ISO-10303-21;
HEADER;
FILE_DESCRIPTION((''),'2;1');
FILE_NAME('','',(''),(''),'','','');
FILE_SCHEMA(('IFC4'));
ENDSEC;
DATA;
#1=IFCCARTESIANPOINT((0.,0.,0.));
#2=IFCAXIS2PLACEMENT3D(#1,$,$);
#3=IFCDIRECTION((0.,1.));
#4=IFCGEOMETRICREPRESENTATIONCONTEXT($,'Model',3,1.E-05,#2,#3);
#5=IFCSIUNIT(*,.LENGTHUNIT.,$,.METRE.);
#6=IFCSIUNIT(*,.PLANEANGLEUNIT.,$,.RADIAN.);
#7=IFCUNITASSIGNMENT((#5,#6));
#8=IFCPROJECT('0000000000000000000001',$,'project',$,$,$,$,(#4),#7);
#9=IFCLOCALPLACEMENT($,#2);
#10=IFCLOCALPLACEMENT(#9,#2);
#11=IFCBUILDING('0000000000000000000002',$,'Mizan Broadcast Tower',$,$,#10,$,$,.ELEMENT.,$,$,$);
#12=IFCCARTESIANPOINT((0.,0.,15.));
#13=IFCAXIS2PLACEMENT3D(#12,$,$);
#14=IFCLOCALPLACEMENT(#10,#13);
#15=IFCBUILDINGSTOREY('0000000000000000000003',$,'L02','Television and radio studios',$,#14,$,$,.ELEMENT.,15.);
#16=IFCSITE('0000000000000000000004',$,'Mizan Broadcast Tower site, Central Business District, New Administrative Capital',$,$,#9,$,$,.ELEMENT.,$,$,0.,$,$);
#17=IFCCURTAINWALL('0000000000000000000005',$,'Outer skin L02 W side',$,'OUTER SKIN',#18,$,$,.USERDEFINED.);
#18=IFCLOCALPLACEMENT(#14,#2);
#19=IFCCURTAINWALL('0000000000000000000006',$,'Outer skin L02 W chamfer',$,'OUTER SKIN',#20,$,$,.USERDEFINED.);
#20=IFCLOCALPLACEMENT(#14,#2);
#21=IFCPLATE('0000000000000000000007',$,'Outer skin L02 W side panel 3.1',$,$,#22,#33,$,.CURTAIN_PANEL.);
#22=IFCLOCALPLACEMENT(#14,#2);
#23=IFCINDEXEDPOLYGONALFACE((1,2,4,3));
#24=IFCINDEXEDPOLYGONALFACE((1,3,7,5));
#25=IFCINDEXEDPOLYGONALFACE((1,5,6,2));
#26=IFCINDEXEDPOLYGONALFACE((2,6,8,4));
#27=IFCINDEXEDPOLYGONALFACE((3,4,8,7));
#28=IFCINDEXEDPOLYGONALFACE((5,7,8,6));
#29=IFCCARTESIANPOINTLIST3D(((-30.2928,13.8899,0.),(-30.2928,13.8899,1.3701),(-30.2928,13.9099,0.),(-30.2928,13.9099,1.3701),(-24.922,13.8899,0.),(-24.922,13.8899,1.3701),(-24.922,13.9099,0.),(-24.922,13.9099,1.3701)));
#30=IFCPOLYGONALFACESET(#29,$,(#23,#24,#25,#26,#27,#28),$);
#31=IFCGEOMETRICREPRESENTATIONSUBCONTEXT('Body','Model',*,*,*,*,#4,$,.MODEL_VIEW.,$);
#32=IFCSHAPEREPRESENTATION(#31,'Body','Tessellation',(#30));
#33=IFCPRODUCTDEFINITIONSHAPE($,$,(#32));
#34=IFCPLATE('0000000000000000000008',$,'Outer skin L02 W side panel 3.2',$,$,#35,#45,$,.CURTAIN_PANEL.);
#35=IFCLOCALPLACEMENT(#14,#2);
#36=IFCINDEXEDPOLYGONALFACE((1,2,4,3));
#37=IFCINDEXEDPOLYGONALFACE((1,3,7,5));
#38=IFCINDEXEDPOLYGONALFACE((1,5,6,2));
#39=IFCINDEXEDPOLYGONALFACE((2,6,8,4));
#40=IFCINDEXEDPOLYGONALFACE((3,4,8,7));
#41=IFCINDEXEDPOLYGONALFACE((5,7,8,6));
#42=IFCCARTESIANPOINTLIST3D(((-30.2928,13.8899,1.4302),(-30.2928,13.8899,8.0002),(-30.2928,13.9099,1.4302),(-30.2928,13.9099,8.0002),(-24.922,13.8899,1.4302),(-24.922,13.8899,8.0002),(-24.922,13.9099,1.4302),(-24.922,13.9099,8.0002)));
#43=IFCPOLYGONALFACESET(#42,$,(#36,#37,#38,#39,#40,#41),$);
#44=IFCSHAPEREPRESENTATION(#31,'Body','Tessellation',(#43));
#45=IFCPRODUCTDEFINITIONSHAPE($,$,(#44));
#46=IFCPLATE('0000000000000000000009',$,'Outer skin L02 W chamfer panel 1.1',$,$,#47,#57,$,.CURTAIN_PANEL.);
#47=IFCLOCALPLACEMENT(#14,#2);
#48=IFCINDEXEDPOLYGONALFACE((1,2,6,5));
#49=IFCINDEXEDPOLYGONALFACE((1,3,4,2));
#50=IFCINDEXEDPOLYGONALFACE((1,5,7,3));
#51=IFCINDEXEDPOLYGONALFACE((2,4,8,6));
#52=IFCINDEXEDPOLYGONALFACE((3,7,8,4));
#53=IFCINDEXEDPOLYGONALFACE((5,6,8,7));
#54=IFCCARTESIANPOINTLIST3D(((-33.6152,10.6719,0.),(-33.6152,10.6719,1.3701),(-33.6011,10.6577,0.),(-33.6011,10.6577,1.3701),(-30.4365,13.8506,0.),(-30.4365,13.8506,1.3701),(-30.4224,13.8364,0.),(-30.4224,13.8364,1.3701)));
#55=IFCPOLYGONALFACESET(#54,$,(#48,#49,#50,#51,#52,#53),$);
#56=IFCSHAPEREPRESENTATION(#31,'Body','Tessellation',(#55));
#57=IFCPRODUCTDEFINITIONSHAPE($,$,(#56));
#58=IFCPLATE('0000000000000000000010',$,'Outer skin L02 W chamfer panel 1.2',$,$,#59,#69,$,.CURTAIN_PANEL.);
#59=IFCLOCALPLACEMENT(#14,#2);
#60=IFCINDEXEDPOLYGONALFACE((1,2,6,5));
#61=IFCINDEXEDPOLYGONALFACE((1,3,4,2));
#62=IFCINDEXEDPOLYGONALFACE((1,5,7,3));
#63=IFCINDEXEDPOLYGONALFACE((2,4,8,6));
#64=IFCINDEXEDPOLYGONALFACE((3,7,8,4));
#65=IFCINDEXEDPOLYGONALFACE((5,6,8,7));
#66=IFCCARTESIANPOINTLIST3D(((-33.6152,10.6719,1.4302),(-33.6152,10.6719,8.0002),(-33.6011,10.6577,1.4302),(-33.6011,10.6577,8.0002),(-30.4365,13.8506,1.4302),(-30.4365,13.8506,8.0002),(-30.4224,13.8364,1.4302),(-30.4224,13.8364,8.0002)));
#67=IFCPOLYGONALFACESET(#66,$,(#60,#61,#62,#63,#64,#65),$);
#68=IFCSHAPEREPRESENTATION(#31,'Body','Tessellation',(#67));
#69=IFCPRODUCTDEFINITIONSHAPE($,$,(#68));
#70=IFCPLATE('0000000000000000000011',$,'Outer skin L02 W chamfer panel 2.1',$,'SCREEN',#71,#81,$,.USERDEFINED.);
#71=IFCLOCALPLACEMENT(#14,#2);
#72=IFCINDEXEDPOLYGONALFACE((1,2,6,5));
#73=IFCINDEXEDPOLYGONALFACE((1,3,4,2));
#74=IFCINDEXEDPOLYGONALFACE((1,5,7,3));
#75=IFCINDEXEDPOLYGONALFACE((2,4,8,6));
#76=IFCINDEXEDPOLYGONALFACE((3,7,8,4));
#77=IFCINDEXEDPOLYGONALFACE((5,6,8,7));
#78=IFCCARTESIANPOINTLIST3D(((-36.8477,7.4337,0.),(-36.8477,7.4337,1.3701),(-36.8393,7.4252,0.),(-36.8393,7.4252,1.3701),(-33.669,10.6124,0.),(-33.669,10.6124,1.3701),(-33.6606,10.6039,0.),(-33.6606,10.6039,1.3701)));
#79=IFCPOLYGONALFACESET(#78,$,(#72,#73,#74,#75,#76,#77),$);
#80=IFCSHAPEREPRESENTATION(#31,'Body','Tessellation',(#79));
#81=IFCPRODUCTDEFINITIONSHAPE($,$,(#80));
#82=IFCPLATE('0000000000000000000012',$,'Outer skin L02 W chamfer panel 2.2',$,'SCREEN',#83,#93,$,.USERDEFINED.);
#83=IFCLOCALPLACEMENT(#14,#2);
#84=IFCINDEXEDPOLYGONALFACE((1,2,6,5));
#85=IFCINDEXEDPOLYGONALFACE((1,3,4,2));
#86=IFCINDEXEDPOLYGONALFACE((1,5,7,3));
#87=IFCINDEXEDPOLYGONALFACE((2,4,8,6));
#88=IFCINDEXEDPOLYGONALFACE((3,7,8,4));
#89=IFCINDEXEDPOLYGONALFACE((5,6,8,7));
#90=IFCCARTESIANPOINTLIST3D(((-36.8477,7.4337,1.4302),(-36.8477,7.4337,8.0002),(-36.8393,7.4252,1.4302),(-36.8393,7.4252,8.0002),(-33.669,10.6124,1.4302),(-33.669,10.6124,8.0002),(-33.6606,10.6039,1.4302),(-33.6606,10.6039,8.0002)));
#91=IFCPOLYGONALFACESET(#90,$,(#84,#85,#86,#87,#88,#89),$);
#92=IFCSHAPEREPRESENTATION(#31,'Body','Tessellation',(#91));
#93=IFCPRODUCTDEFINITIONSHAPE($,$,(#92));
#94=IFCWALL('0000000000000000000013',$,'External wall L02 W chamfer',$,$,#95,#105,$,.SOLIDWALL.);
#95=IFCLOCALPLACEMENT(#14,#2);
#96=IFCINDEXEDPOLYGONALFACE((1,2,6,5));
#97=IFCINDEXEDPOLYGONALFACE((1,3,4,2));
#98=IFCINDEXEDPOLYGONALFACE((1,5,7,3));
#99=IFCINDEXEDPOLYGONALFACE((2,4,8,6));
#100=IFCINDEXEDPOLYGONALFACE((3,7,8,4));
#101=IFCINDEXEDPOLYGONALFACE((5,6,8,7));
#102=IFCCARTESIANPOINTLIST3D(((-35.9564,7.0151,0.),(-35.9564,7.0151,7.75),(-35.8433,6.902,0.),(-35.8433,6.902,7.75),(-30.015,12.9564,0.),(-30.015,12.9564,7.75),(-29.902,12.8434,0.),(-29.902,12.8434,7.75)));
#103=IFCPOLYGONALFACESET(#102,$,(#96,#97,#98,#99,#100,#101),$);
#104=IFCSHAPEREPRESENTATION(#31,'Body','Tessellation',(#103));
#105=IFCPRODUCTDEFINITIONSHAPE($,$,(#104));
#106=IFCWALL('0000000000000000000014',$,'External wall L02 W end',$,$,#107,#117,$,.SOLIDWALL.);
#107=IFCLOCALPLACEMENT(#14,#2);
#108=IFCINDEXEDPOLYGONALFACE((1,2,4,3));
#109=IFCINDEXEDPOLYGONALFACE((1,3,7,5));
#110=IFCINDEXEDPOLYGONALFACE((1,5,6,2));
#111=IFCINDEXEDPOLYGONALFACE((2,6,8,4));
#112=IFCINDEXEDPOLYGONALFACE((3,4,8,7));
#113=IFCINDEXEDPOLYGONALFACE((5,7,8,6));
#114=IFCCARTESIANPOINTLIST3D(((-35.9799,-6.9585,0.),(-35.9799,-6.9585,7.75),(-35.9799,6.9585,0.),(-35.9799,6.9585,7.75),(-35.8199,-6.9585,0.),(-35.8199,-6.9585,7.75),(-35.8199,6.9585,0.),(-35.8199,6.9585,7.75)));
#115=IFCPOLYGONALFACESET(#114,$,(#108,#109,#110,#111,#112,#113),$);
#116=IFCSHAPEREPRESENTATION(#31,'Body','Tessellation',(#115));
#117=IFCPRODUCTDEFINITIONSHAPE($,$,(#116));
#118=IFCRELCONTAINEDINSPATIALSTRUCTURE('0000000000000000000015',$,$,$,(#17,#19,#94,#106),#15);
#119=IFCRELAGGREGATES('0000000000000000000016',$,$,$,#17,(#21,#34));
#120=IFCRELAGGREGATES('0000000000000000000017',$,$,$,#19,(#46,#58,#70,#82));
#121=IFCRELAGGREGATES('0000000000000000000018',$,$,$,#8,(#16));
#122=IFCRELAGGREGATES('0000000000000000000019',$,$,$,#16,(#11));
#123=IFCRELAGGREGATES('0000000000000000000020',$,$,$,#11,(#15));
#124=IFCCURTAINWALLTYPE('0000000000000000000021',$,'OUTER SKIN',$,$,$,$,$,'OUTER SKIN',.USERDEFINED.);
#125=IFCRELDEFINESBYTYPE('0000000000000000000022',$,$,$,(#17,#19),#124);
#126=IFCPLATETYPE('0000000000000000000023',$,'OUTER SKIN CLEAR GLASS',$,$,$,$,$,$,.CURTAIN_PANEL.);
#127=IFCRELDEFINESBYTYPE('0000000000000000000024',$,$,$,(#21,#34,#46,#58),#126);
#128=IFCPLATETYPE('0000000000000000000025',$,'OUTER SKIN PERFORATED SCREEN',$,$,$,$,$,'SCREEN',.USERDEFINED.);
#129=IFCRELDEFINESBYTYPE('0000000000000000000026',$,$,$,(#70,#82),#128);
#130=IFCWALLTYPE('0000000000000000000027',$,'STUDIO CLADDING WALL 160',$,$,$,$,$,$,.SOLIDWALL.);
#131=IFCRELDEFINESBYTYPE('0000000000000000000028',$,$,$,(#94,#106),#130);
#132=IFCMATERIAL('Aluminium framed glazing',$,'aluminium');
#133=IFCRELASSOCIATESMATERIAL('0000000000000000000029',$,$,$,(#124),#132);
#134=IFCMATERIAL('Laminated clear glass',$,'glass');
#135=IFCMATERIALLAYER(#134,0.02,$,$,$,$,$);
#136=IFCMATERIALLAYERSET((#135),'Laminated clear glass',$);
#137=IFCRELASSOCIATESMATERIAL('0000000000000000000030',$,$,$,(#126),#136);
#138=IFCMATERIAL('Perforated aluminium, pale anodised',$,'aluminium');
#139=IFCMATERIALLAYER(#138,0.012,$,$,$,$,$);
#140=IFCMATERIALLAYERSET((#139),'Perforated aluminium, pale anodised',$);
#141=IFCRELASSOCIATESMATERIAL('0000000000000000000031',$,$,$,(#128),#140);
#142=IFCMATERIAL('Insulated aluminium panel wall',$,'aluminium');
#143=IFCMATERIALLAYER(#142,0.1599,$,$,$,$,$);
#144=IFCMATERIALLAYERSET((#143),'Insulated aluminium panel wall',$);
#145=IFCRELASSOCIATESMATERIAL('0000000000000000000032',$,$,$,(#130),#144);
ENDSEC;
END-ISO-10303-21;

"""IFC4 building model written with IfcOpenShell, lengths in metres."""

from ifc_helpers import new_model, si_unit, direction, frame, frame_2d, origin, origin_2d, place, context, subcontext, project, spatial, rectangle, extrude, material, layer, layer_set, type_object, element, aggregate, save


model = new_model("IFC4")

# Units and contexts
model_context = context("Model", 3, precision=1e-05, world=origin(), true_north=direction((0.0, 1.0)))
body_context = subcontext(model_context, "Body", "Model", "MODEL_VIEW")
ifc_project = project(units=[si_unit("LENGTHUNIT", "METRE"), si_unit("PLANEANGLEUNIT", "RADIAN")], contexts=[model_context])

# Site, building, storey
site_placement = place(None, origin())
site = spatial("IfcSite", under=ifc_project, at=site_placement, Name="Mizan Broadcast Tower site, Central Business District, New Administrative Capital", CompositionType="ELEMENT", RefElevation=0.0)
building_placement = place(site_placement, origin())
building = spatial("IfcBuilding", under=site, at=building_placement, Name="Mizan Broadcast Tower", CompositionType="ELEMENT")
storey_placement = place(building_placement, frame((0.0, 0.0, 15.0)))
storey = spatial("IfcBuildingStorey", under=building, at=storey_placement, Name="L02", Description="Television and radio studios", CompositionType="ELEMENT", Elevation=15.0)

# Curtain wall
ifc_material_1 = material(Name="Aluminium framed glazing", Category="aluminium")
curtain_wall_type = type_object("IfcCurtainWallType", Name="OUTER SKIN", ElementType="OUTER SKIN", PredefinedType="USERDEFINED", material=ifc_material_1)
curtain_wall_1_placement = place(storey_placement, origin())
curtain_wall_1 = element("IfcCurtainWall", 1, at=curtain_wall_1_placement, inside=storey, type_object=curtain_wall_type, Name="Outer skin L02 W side", ObjectType="OUTER SKIN", PredefinedType="USERDEFINED")

# Curtain wall
curtain_wall_2_placement = place(storey_placement, origin())
curtain_wall_2 = element("IfcCurtainWall", 2, at=curtain_wall_2_placement, inside=storey, type_object=curtain_wall_type, Name="Outer skin L02 W chamfer", ObjectType="OUTER SKIN", PredefinedType="USERDEFINED")

# Plates
ifc_material_2 = material(Name="Laminated clear glass", Category="glass")
ifc_layer_1 = layer(ifc_material_2, 0.02)
ifc_layer_set_1 = layer_set([ifc_layer_1], Name="Laminated clear glass")
plate_type_1 = type_object("IfcPlateType", Name="OUTER SKIN CLEAR GLASS", PredefinedType="CURTAIN_PANEL", material=ifc_layer_set_1)
plate_1_placement = place(storey_placement, frame((-27.6074, 13.8999, 0.0), z_axis=(0.0, 0.0, 1.0), x_axis=(-1.0, 0.0, 0.0)))
plate_1 = element("IfcPlate", 3, at=plate_1_placement, type_object=plate_type_1, Name="Outer skin L02 W side panel 3.1", PredefinedType="CURTAIN_PANEL", context=body_context, shape_type="SweptSolid", body=[
    extrude(rectangle(XDim=5.3708, YDim=0.02, at=origin_2d()), origin(), (0.0, 0.0, 1.0), 1.3701),
])
plate_2_placement = place(storey_placement, frame((-27.6074, 13.8999, 1.4302), z_axis=(0.0, 0.0, 1.0), x_axis=(-1.0, 0.0, 0.0)))
plate_2 = element("IfcPlate", 4, at=plate_2_placement, type_object=plate_type_1, Name="Outer skin L02 W side panel 3.2", PredefinedType="CURTAIN_PANEL", context=body_context, shape_type="SweptSolid", body=[
    extrude(rectangle(XDim=5.3708, YDim=0.02, at=origin_2d()), origin(), (0.0, 0.0, 1.0), 6.5701),
])
aggregate(curtain_wall_1, [plate_1, plate_2])
plate_3_placement = place(storey_placement, frame((-32.0188, 12.2542, 0.0), z_axis=(0.0, 0.0, 1.0), x_axis=(-0.707107, -0.707107, 0.0)))
plate_3 = element("IfcPlate", 5, at=plate_3_placement, type_object=plate_type_1, Name="Outer skin L02 W chamfer panel 1.1", PredefinedType="CURTAIN_PANEL", context=body_context, shape_type="SweptSolid", body=[
    extrude(rectangle(XDim=4.4954, YDim=0.02, at=origin_2d()), origin(), (0.0, 0.0, 1.0), 1.3701),
])
plate_4_placement = place(storey_placement, frame((-32.0188, 12.2542, 1.4302), z_axis=(0.0, 0.0, 1.0), x_axis=(-0.707107, -0.707107, 0.0)))
plate_4 = element("IfcPlate", 6, at=plate_4_placement, type_object=plate_type_1, Name="Outer skin L02 W chamfer panel 1.2", PredefinedType="CURTAIN_PANEL", context=body_context, shape_type="SweptSolid", body=[
    extrude(rectangle(XDim=4.4954, YDim=0.02, at=origin_2d()), origin(), (0.0, 0.0, 1.0), 6.5701),
])
ifc_material_3 = material(Name="Perforated aluminium, pale anodised", Category="aluminium")
ifc_layer_2 = layer(ifc_material_3, 0.012)
ifc_layer_set_2 = layer_set([ifc_layer_2], Name="Perforated aluminium, pale anodised")
plate_type_2 = type_object("IfcPlateType", Name="OUTER SKIN PERFORATED SCREEN", ElementType="SCREEN", PredefinedType="USERDEFINED", material=ifc_layer_set_2)
plate_5_placement = place(storey_placement, frame((-35.2542, 9.0188, 0.0), z_axis=(0.0, 0.0, 1.0), x_axis=(-0.707107, -0.707107, 0.0)))
plate_5 = element("IfcPlate", 7, at=plate_5_placement, type_object=plate_type_2, Name="Outer skin L02 W chamfer panel 2.1", ObjectType="SCREEN", PredefinedType="USERDEFINED", context=body_context, shape_type="SweptSolid", body=[
    extrude(rectangle(XDim=4.4954, YDim=0.012, at=origin_2d()), origin(), (0.0, 0.0, 1.0), 1.3701),
])
plate_6_placement = place(storey_placement, frame((-35.2542, 9.0188, 1.4302), z_axis=(0.0, 0.0, 1.0), x_axis=(-0.707107, -0.707107, 0.0)))
plate_6 = element("IfcPlate", 8, at=plate_6_placement, type_object=plate_type_2, Name="Outer skin L02 W chamfer panel 2.2", ObjectType="SCREEN", PredefinedType="USERDEFINED", context=body_context, shape_type="SweptSolid", body=[
    extrude(rectangle(XDim=4.4954, YDim=0.012, at=origin_2d()), origin(), (0.0, 0.0, 1.0), 6.5701),
])
aggregate(curtain_wall_2, [plate_3, plate_4, plate_5, plate_6])

# Walls
ifc_material_4 = material(Name="Insulated aluminium panel wall", Category="aluminium")
ifc_layer_3 = layer(ifc_material_4, 0.1599)
ifc_layer_set_3 = layer_set([ifc_layer_3], Name="Insulated aluminium panel wall")
wall_type = type_object("IfcWallType", Name="STUDIO CLADDING WALL 160", PredefinedType="SOLIDWALL", material=ifc_layer_set_3)
wall_1_placement = place(storey_placement, frame((-29.9585, 12.8999, 0.0), z_axis=(0.0, 0.0, 1.0), x_axis=(-0.707107, -0.707107, 0.0)))
element("IfcWall", 9, at=wall_1_placement, inside=storey, type_object=wall_type, Name="External wall L02 W chamfer", PredefinedType="SOLIDWALL", context=body_context, shape_type="SweptSolid", body=[
    extrude(rectangle(XDim=8.4023, YDim=0.1599, at=frame_2d((4.2012, 0.0))), origin(), (0.0, 0.0, 1.0), 7.75),
])
wall_2_placement = place(storey_placement, frame((-35.8999, 6.9585, 0.0), z_axis=(0.0, 0.0, 1.0), x_axis=(0.0, -1.0, 0.0)))
element("IfcWall", 10, at=wall_2_placement, inside=storey, type_object=wall_type, Name="External wall L02 W end", PredefinedType="SOLIDWALL", context=body_context, shape_type="SweptSolid", body=[
    extrude(rectangle(XDim=13.917, YDim=0.1599, at=frame_2d((6.9585, 0.0))), origin(), (0.0, 0.0, 1.0), 7.75),
])

save(model, "model.ifc")
